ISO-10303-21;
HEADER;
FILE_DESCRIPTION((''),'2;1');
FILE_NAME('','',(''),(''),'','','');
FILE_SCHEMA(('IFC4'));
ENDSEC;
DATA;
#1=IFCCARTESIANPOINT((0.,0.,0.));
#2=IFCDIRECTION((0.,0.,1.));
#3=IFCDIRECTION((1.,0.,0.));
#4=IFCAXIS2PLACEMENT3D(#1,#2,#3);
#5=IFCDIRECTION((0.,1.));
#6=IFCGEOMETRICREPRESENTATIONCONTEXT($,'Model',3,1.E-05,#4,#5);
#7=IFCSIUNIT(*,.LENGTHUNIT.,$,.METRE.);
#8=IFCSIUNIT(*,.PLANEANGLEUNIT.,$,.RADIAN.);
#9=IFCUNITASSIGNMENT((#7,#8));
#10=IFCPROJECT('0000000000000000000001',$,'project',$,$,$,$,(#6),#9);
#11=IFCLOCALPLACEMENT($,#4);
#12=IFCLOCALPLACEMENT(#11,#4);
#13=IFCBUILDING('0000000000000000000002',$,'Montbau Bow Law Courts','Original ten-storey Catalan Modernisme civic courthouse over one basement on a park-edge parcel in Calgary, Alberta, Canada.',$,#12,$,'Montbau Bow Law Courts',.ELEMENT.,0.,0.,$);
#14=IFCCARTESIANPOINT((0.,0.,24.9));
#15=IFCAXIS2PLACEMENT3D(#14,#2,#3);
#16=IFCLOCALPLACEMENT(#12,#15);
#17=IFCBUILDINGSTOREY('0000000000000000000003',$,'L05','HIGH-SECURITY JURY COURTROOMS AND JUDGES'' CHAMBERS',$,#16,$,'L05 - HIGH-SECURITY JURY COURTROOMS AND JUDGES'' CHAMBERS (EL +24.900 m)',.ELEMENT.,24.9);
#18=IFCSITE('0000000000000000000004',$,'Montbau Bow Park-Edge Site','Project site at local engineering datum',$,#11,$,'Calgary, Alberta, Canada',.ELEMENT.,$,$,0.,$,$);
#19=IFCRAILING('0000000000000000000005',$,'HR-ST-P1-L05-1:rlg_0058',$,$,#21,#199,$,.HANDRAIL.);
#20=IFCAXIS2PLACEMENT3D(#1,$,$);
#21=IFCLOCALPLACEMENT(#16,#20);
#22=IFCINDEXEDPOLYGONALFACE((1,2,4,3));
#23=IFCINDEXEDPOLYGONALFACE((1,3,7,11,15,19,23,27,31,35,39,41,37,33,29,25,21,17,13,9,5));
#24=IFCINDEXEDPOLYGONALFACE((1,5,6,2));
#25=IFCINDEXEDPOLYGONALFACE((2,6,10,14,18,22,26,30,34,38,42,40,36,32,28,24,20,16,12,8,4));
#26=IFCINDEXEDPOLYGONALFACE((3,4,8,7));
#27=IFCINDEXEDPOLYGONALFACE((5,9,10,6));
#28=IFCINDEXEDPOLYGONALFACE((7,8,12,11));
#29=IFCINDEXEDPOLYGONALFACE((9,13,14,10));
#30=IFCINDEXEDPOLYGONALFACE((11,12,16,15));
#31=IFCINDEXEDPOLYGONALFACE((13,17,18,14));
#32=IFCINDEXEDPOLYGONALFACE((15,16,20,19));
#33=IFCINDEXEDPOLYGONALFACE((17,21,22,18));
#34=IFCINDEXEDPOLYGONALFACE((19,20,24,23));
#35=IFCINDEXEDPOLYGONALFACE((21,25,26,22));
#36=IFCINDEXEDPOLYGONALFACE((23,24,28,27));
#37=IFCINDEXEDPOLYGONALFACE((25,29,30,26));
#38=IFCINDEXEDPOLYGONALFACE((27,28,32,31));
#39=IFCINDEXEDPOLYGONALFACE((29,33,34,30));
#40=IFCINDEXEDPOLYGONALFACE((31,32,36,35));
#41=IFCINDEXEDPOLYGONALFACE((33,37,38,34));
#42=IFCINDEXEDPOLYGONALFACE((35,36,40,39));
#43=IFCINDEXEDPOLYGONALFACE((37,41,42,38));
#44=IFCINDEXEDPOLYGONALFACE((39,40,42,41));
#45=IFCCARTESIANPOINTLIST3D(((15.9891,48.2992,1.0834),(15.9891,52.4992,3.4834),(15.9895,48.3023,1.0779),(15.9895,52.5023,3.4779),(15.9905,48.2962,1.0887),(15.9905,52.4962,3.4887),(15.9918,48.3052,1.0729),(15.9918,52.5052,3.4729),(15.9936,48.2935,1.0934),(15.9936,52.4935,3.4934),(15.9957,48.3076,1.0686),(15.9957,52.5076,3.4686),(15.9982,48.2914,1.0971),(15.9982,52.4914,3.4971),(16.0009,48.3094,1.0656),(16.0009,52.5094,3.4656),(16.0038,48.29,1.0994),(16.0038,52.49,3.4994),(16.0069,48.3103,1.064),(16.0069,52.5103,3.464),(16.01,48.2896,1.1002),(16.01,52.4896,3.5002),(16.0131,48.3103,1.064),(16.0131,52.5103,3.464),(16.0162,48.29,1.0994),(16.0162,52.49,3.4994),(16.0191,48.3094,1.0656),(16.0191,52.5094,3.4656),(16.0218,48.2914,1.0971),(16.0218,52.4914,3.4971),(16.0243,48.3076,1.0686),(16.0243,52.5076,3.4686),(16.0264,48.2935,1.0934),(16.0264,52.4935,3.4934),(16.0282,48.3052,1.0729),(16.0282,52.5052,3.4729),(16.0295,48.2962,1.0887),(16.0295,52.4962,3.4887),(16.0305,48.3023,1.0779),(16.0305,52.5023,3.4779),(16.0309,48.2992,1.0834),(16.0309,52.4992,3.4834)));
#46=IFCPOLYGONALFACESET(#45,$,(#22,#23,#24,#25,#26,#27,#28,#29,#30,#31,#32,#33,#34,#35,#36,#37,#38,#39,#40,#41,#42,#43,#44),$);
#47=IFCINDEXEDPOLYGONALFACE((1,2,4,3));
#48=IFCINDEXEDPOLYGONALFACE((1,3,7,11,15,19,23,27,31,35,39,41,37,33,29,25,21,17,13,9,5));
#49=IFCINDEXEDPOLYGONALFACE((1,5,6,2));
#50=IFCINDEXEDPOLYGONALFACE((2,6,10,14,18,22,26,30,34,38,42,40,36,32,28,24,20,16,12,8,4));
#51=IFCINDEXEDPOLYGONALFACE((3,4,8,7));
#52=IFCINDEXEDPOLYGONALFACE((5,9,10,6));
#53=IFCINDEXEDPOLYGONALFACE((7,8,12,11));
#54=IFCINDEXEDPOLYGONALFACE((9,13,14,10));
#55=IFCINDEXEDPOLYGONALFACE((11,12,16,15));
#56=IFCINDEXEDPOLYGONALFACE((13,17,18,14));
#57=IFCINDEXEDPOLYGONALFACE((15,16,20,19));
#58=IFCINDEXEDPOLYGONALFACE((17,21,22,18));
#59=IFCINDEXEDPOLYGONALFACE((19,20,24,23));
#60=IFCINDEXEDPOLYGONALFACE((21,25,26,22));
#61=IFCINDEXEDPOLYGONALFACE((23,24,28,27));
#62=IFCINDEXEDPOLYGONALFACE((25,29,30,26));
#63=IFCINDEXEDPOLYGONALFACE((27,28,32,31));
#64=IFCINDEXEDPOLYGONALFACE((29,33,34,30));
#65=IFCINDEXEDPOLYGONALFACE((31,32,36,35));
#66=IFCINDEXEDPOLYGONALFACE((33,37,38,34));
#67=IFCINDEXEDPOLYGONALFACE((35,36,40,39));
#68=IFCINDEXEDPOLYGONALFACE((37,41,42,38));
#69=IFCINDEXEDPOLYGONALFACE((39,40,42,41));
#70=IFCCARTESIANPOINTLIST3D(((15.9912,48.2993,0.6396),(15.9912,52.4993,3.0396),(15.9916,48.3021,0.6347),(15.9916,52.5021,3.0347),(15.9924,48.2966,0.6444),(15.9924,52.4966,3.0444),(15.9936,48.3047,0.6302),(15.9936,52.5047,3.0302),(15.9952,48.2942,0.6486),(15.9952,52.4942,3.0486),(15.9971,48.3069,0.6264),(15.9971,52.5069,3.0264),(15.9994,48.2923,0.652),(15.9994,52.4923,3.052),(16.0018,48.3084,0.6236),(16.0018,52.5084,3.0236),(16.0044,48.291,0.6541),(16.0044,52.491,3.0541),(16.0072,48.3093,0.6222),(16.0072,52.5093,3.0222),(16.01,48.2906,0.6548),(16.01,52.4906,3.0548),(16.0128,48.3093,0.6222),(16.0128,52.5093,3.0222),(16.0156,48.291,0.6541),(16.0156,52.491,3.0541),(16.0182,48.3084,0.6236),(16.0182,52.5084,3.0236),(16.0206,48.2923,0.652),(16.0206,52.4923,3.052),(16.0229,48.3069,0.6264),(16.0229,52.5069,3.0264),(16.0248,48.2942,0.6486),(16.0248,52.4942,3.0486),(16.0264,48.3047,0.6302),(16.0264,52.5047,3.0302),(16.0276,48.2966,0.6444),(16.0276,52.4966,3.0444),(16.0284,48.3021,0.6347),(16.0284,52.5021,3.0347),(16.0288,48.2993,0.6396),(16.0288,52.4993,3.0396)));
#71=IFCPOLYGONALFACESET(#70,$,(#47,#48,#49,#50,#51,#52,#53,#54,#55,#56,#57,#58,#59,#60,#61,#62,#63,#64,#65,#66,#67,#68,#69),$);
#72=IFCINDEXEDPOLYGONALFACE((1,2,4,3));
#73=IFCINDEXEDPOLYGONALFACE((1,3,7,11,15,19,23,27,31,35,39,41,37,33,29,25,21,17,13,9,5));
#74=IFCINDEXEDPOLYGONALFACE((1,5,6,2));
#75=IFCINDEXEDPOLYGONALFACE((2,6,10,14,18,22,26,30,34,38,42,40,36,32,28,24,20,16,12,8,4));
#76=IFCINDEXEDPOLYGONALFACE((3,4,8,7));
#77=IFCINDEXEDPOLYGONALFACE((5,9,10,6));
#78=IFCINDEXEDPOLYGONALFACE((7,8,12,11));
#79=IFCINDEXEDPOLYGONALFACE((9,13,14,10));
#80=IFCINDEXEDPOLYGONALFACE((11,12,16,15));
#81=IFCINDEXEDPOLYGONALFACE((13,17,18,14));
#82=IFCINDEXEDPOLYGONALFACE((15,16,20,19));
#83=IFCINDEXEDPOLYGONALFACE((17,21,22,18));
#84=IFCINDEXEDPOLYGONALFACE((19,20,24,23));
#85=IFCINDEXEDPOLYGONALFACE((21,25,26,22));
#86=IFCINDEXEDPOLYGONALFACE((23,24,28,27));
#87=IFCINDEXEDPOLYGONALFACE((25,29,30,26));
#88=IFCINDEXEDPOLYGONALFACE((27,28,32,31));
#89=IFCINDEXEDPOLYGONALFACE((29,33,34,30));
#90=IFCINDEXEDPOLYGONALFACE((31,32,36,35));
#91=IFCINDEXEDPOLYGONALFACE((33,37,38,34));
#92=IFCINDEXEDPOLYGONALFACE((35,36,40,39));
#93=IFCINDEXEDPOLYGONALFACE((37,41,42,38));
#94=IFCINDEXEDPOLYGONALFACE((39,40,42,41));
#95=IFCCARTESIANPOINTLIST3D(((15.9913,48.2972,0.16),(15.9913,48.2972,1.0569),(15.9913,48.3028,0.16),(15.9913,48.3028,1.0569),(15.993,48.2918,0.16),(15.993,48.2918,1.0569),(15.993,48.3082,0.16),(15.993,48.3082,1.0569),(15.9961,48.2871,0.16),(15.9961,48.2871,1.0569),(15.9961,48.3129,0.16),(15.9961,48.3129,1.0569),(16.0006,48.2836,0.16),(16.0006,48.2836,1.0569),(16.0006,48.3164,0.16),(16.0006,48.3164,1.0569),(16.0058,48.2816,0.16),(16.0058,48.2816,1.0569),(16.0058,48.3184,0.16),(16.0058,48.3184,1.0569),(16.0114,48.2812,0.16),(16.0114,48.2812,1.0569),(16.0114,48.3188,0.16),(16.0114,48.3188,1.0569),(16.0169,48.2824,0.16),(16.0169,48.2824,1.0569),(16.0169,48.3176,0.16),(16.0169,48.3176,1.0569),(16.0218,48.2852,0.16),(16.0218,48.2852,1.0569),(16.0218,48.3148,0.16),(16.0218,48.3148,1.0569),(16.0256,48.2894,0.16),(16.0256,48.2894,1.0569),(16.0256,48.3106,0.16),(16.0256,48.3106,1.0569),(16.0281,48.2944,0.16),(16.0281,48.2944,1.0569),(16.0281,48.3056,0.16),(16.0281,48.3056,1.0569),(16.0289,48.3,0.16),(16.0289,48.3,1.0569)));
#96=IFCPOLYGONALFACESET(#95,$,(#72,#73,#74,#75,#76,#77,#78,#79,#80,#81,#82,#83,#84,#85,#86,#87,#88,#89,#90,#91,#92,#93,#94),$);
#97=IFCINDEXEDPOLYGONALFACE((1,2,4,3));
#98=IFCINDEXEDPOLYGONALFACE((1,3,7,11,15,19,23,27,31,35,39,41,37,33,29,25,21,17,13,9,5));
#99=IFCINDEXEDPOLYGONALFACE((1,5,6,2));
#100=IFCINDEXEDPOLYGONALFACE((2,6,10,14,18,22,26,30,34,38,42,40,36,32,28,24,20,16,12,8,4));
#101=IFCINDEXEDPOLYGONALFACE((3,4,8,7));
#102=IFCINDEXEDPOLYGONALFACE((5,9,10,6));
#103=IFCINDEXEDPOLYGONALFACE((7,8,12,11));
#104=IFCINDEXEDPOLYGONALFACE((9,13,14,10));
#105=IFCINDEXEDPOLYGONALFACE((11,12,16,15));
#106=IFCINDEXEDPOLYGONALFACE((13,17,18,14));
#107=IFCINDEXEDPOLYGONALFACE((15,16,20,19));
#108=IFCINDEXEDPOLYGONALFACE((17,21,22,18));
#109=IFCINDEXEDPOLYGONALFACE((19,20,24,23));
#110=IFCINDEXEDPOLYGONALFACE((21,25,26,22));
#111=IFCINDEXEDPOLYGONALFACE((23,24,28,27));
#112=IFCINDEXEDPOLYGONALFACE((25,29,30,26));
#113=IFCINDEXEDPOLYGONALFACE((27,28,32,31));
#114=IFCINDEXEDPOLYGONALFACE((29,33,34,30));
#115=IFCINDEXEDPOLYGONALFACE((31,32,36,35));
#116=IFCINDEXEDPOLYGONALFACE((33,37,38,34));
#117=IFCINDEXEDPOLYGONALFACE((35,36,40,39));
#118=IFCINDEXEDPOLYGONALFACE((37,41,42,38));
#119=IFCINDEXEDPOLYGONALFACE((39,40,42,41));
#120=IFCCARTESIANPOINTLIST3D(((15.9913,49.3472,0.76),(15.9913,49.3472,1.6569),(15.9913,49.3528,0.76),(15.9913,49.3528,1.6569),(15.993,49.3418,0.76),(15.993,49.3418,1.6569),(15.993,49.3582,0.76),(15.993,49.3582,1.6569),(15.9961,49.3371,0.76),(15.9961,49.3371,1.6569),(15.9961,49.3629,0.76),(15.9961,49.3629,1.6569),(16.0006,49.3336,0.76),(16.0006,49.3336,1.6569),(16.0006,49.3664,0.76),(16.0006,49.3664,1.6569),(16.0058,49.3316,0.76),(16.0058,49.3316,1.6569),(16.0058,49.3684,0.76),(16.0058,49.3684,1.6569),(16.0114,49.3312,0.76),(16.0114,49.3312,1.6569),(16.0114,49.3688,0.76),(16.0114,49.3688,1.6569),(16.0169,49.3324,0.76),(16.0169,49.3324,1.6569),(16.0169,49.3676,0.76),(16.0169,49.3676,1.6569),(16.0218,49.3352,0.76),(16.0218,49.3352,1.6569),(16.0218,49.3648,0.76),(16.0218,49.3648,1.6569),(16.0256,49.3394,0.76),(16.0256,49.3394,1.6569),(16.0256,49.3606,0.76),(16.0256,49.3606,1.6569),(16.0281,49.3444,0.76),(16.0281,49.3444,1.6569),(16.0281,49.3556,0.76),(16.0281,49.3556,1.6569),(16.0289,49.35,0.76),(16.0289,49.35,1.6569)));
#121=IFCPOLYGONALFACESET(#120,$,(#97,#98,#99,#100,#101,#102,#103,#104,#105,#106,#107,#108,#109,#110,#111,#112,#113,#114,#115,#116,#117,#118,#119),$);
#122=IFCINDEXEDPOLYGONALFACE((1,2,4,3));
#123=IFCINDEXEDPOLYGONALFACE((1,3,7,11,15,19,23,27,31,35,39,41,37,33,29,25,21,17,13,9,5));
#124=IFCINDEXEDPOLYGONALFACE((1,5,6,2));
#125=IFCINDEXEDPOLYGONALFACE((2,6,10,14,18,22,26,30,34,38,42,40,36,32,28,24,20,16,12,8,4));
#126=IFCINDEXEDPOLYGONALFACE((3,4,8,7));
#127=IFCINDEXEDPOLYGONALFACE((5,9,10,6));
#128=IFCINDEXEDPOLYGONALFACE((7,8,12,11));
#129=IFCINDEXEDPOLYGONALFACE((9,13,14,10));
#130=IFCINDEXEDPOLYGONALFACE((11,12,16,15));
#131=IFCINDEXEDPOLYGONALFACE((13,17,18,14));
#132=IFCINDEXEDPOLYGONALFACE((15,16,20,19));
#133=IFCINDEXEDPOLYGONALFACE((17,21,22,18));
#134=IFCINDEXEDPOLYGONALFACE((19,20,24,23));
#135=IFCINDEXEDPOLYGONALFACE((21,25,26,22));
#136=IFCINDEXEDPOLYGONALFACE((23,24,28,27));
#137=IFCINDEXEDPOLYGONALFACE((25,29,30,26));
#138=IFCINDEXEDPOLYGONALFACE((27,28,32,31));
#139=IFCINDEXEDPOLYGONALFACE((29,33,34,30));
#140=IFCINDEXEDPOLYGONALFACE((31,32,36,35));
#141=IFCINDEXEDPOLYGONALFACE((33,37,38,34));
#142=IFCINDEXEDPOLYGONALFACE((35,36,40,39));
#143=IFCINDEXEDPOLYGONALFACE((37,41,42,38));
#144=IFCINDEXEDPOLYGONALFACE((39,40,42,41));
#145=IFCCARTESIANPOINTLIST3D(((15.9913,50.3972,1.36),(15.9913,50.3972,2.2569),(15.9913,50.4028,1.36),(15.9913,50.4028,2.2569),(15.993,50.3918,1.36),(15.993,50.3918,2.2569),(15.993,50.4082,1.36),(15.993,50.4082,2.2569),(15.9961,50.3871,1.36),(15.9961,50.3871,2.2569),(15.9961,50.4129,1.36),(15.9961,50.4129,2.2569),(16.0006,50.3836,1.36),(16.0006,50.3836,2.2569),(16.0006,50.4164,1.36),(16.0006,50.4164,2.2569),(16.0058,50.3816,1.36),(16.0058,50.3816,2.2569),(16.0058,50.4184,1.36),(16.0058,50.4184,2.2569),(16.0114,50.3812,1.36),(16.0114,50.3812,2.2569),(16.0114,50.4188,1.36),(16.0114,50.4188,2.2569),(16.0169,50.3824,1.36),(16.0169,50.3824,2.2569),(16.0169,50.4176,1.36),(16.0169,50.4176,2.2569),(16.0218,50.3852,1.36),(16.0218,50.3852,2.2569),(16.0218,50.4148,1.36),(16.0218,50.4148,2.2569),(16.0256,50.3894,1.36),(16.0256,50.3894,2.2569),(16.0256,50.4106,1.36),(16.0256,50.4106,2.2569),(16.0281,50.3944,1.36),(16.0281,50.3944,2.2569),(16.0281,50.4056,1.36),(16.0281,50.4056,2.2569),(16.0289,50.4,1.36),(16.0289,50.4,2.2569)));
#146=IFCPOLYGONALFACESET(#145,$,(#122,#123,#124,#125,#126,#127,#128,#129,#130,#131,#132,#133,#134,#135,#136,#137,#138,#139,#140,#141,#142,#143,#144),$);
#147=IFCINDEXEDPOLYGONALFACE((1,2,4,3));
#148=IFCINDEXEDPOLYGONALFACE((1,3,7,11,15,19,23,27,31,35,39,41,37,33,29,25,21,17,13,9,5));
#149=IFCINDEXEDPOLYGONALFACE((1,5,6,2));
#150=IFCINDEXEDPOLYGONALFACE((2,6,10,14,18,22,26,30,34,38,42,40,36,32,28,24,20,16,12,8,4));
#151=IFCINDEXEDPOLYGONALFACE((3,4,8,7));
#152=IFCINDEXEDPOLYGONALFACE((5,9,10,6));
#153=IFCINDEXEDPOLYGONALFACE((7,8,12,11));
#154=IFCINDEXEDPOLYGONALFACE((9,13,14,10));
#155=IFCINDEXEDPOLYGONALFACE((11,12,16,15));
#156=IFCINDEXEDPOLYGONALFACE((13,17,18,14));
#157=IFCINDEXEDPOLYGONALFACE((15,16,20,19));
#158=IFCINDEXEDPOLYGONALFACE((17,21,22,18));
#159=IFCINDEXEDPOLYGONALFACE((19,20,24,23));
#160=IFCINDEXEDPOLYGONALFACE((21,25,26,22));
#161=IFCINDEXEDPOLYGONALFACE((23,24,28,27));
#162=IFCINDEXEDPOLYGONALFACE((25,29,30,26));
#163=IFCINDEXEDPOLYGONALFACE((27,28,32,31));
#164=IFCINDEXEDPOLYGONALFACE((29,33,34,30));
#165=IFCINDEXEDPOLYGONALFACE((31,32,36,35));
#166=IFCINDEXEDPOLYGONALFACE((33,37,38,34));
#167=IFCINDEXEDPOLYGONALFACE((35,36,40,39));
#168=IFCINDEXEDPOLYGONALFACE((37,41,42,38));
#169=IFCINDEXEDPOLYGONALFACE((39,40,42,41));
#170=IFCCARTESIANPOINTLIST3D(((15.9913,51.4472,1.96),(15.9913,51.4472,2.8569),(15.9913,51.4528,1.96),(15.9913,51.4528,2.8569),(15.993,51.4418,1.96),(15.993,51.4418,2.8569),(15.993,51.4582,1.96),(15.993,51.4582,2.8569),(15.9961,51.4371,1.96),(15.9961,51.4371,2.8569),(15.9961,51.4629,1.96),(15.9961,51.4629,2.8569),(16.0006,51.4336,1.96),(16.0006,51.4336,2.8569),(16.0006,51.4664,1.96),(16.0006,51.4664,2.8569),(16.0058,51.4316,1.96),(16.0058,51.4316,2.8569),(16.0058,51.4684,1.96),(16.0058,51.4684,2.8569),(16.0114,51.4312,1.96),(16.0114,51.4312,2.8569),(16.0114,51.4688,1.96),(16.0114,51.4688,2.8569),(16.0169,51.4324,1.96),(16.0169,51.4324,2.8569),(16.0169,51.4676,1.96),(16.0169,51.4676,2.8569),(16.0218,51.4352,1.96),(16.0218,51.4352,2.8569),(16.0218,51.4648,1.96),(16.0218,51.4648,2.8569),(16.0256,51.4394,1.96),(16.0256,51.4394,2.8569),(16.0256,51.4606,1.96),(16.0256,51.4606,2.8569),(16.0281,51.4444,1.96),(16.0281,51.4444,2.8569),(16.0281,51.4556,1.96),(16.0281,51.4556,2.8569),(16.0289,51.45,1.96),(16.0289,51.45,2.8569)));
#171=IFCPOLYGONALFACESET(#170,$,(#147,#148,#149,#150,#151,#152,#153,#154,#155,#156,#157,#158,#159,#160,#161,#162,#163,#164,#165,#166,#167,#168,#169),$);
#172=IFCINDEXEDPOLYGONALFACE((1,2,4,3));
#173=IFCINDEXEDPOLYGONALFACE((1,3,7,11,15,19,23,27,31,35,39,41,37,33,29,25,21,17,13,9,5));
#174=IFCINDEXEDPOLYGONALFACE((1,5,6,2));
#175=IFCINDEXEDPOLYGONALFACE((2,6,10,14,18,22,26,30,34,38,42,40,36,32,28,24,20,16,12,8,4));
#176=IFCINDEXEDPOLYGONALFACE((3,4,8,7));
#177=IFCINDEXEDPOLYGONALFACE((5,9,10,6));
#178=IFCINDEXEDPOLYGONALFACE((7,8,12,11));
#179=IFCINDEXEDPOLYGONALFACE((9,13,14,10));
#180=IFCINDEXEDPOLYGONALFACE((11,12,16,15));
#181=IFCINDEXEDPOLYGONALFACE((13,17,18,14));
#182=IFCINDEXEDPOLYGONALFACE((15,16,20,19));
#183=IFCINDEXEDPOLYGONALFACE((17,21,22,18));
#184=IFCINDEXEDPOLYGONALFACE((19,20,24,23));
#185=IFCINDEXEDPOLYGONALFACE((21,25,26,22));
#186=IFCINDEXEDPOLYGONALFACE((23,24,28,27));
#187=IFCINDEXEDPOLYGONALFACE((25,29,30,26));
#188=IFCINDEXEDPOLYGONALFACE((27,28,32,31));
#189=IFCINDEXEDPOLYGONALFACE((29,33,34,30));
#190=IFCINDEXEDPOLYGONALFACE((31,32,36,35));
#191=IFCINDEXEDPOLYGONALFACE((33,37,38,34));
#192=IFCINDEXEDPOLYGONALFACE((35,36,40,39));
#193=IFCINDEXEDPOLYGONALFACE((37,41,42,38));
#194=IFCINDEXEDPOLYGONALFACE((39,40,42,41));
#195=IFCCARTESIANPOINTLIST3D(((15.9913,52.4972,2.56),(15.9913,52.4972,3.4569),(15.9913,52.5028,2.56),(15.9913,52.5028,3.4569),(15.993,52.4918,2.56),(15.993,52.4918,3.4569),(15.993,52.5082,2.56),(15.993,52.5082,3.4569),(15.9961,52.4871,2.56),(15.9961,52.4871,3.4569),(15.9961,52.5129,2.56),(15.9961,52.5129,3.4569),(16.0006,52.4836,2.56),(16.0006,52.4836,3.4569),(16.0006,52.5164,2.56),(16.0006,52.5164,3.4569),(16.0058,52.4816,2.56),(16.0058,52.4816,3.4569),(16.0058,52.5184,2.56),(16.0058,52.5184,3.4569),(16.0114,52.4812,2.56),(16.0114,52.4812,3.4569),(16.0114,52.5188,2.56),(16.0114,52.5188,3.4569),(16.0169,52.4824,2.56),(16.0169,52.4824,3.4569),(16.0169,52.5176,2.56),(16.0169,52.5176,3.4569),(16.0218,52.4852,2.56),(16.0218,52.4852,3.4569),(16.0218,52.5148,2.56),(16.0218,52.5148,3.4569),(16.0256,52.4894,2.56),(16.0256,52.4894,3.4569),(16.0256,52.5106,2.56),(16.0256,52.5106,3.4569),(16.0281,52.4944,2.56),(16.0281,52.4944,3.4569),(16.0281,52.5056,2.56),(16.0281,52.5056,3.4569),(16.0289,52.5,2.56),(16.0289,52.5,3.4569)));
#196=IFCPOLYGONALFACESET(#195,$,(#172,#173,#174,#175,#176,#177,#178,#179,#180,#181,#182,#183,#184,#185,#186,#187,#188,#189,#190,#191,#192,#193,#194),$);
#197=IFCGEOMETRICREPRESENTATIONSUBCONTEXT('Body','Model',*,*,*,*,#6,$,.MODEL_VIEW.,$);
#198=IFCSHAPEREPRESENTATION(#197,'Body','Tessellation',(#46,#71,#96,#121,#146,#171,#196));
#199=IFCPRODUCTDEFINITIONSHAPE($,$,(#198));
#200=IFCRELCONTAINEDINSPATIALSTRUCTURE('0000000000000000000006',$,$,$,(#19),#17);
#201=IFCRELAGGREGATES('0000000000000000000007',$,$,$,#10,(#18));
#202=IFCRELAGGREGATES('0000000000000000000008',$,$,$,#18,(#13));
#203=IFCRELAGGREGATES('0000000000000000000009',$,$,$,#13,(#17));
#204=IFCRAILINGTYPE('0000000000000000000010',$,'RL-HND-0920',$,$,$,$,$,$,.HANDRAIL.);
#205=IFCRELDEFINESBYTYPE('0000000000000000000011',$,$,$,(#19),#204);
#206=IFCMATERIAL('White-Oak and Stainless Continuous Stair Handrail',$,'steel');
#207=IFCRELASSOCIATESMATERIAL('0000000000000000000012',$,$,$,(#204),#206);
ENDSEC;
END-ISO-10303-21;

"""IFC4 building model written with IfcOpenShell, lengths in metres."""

from ifc_helpers import new_model, si_unit, direction, frame, origin_with_axes, origin_2d_with_axis, place, context, subcontext, project, spatial, circle, extrude, material, type_object, element, save


model = new_model("IFC4")

# Units and contexts
model_context = context("Model", 3, precision=1e-05, world=origin_with_axes(), true_north=direction((0.0, 1.0)))
body_context = subcontext(model_context, "Body", "Model", "MODEL_VIEW")
ifc_project = project(units=[si_unit("LENGTHUNIT", "METRE"), si_unit("PLANEANGLEUNIT", "RADIAN")], contexts=[model_context])

# Site, building, storey
site_placement = place(None, origin_with_axes())
site = spatial("IfcSite", under=ifc_project, at=site_placement, Name="Montbau Bow Park-Edge Site", Description="Project site at local engineering datum", LongName="Calgary, Alberta, Canada", CompositionType="ELEMENT", RefElevation=0.0)
building_placement = place(site_placement, origin_with_axes())
building = spatial("IfcBuilding", under=site, at=building_placement, Name="Montbau Bow Law Courts", Description="Original ten-storey Catalan Modernisme civic courthouse over one basement on a park-edge parcel in Calgary, Alberta, Canada.", LongName="Montbau Bow Law Courts", CompositionType="ELEMENT", ElevationOfRefHeight=0.0, ElevationOfTerrain=0.0)
storey_placement = place(building_placement, frame((0.0, 0.0, 24.9), z_axis=(0.0, 0.0, 1.0), x_axis=(1.0, 0.0, 0.0)))
storey = spatial("IfcBuildingStorey", under=building, at=storey_placement, Name="L05", Description="HIGH-SECURITY JURY COURTROOMS AND JUDGES' CHAMBERS", LongName="L05 - HIGH-SECURITY JURY COURTROOMS AND JUDGES' CHAMBERS (EL +24.900 m)", CompositionType="ELEMENT", Elevation=24.9)

# Railing
ifc_material_1 = material(Name="White-Oak and Stainless Continuous Stair Handrail", Category="steel")
railing_type_1 = type_object("IfcRailingType", Name="RL-HND-0920", PredefinedType="HANDRAIL", material=ifc_material_1)
railing_1_placement = place(None, origin_with_axes())
element("IfcRailing", 1, at=railing_1_placement, inside=storey, type_object=railing_type_1, Name="HR-ST-P1-L05-1:rlg_0058", PredefinedType="HANDRAIL", context=body_context, shape_type="SweptSolid", body=[
    extrude(circle(Radius=0.021, at=origin_2d_with_axis()), frame((16.01, 48.3, 25.982), z_axis=(0.0, 0.868243, 0.496139), x_axis=(0.0, -0.496139, 0.868243)), (0.0, 0.0, 1.0), 4.8374),
    extrude(circle(Radius=0.0189, at=origin_2d_with_axis()), frame((16.01, 48.3, 25.5384), z_axis=(0.0, 0.868243, 0.496139), x_axis=(0.0, -0.496139, 0.868243)), (0.0, 0.0, 1.0), 4.8374),
    extrude(circle(Radius=0.0189, at=origin_2d_with_axis()), frame((16.01, 48.3, 25.06), z_axis=(0.0, 0.0, 1.0), x_axis=(1.0, 0.0, 0.0)), (0.0, 0.0, 1.0), 0.8969),
    extrude(circle(Radius=0.0189, at=origin_2d_with_axis()), frame((16.01, 49.35, 25.66), z_axis=(0.0, 0.0, 1.0), x_axis=(1.0, 0.0, 0.0)), (0.0, 0.0, 1.0), 0.8969),
    extrude(circle(Radius=0.0189, at=origin_2d_with_axis()), frame((16.01, 50.4, 26.26), z_axis=(0.0, 0.0, 1.0), x_axis=(1.0, 0.0, 0.0)), (0.0, 0.0, 1.0), 0.8969),
    extrude(circle(Radius=0.0189, at=origin_2d_with_axis()), frame((16.01, 51.45, 26.86), z_axis=(0.0, 0.0, 1.0), x_axis=(1.0, 0.0, 0.0)), (0.0, 0.0, 1.0), 0.8969),
    extrude(circle(Radius=0.0189, at=origin_2d_with_axis()), frame((16.01, 52.5, 27.46), z_axis=(0.0, 0.0, 1.0), x_axis=(1.0, 0.0, 0.0)), (0.0, 0.0, 1.0), 0.8969),
])

save(model, "model.ifc")
